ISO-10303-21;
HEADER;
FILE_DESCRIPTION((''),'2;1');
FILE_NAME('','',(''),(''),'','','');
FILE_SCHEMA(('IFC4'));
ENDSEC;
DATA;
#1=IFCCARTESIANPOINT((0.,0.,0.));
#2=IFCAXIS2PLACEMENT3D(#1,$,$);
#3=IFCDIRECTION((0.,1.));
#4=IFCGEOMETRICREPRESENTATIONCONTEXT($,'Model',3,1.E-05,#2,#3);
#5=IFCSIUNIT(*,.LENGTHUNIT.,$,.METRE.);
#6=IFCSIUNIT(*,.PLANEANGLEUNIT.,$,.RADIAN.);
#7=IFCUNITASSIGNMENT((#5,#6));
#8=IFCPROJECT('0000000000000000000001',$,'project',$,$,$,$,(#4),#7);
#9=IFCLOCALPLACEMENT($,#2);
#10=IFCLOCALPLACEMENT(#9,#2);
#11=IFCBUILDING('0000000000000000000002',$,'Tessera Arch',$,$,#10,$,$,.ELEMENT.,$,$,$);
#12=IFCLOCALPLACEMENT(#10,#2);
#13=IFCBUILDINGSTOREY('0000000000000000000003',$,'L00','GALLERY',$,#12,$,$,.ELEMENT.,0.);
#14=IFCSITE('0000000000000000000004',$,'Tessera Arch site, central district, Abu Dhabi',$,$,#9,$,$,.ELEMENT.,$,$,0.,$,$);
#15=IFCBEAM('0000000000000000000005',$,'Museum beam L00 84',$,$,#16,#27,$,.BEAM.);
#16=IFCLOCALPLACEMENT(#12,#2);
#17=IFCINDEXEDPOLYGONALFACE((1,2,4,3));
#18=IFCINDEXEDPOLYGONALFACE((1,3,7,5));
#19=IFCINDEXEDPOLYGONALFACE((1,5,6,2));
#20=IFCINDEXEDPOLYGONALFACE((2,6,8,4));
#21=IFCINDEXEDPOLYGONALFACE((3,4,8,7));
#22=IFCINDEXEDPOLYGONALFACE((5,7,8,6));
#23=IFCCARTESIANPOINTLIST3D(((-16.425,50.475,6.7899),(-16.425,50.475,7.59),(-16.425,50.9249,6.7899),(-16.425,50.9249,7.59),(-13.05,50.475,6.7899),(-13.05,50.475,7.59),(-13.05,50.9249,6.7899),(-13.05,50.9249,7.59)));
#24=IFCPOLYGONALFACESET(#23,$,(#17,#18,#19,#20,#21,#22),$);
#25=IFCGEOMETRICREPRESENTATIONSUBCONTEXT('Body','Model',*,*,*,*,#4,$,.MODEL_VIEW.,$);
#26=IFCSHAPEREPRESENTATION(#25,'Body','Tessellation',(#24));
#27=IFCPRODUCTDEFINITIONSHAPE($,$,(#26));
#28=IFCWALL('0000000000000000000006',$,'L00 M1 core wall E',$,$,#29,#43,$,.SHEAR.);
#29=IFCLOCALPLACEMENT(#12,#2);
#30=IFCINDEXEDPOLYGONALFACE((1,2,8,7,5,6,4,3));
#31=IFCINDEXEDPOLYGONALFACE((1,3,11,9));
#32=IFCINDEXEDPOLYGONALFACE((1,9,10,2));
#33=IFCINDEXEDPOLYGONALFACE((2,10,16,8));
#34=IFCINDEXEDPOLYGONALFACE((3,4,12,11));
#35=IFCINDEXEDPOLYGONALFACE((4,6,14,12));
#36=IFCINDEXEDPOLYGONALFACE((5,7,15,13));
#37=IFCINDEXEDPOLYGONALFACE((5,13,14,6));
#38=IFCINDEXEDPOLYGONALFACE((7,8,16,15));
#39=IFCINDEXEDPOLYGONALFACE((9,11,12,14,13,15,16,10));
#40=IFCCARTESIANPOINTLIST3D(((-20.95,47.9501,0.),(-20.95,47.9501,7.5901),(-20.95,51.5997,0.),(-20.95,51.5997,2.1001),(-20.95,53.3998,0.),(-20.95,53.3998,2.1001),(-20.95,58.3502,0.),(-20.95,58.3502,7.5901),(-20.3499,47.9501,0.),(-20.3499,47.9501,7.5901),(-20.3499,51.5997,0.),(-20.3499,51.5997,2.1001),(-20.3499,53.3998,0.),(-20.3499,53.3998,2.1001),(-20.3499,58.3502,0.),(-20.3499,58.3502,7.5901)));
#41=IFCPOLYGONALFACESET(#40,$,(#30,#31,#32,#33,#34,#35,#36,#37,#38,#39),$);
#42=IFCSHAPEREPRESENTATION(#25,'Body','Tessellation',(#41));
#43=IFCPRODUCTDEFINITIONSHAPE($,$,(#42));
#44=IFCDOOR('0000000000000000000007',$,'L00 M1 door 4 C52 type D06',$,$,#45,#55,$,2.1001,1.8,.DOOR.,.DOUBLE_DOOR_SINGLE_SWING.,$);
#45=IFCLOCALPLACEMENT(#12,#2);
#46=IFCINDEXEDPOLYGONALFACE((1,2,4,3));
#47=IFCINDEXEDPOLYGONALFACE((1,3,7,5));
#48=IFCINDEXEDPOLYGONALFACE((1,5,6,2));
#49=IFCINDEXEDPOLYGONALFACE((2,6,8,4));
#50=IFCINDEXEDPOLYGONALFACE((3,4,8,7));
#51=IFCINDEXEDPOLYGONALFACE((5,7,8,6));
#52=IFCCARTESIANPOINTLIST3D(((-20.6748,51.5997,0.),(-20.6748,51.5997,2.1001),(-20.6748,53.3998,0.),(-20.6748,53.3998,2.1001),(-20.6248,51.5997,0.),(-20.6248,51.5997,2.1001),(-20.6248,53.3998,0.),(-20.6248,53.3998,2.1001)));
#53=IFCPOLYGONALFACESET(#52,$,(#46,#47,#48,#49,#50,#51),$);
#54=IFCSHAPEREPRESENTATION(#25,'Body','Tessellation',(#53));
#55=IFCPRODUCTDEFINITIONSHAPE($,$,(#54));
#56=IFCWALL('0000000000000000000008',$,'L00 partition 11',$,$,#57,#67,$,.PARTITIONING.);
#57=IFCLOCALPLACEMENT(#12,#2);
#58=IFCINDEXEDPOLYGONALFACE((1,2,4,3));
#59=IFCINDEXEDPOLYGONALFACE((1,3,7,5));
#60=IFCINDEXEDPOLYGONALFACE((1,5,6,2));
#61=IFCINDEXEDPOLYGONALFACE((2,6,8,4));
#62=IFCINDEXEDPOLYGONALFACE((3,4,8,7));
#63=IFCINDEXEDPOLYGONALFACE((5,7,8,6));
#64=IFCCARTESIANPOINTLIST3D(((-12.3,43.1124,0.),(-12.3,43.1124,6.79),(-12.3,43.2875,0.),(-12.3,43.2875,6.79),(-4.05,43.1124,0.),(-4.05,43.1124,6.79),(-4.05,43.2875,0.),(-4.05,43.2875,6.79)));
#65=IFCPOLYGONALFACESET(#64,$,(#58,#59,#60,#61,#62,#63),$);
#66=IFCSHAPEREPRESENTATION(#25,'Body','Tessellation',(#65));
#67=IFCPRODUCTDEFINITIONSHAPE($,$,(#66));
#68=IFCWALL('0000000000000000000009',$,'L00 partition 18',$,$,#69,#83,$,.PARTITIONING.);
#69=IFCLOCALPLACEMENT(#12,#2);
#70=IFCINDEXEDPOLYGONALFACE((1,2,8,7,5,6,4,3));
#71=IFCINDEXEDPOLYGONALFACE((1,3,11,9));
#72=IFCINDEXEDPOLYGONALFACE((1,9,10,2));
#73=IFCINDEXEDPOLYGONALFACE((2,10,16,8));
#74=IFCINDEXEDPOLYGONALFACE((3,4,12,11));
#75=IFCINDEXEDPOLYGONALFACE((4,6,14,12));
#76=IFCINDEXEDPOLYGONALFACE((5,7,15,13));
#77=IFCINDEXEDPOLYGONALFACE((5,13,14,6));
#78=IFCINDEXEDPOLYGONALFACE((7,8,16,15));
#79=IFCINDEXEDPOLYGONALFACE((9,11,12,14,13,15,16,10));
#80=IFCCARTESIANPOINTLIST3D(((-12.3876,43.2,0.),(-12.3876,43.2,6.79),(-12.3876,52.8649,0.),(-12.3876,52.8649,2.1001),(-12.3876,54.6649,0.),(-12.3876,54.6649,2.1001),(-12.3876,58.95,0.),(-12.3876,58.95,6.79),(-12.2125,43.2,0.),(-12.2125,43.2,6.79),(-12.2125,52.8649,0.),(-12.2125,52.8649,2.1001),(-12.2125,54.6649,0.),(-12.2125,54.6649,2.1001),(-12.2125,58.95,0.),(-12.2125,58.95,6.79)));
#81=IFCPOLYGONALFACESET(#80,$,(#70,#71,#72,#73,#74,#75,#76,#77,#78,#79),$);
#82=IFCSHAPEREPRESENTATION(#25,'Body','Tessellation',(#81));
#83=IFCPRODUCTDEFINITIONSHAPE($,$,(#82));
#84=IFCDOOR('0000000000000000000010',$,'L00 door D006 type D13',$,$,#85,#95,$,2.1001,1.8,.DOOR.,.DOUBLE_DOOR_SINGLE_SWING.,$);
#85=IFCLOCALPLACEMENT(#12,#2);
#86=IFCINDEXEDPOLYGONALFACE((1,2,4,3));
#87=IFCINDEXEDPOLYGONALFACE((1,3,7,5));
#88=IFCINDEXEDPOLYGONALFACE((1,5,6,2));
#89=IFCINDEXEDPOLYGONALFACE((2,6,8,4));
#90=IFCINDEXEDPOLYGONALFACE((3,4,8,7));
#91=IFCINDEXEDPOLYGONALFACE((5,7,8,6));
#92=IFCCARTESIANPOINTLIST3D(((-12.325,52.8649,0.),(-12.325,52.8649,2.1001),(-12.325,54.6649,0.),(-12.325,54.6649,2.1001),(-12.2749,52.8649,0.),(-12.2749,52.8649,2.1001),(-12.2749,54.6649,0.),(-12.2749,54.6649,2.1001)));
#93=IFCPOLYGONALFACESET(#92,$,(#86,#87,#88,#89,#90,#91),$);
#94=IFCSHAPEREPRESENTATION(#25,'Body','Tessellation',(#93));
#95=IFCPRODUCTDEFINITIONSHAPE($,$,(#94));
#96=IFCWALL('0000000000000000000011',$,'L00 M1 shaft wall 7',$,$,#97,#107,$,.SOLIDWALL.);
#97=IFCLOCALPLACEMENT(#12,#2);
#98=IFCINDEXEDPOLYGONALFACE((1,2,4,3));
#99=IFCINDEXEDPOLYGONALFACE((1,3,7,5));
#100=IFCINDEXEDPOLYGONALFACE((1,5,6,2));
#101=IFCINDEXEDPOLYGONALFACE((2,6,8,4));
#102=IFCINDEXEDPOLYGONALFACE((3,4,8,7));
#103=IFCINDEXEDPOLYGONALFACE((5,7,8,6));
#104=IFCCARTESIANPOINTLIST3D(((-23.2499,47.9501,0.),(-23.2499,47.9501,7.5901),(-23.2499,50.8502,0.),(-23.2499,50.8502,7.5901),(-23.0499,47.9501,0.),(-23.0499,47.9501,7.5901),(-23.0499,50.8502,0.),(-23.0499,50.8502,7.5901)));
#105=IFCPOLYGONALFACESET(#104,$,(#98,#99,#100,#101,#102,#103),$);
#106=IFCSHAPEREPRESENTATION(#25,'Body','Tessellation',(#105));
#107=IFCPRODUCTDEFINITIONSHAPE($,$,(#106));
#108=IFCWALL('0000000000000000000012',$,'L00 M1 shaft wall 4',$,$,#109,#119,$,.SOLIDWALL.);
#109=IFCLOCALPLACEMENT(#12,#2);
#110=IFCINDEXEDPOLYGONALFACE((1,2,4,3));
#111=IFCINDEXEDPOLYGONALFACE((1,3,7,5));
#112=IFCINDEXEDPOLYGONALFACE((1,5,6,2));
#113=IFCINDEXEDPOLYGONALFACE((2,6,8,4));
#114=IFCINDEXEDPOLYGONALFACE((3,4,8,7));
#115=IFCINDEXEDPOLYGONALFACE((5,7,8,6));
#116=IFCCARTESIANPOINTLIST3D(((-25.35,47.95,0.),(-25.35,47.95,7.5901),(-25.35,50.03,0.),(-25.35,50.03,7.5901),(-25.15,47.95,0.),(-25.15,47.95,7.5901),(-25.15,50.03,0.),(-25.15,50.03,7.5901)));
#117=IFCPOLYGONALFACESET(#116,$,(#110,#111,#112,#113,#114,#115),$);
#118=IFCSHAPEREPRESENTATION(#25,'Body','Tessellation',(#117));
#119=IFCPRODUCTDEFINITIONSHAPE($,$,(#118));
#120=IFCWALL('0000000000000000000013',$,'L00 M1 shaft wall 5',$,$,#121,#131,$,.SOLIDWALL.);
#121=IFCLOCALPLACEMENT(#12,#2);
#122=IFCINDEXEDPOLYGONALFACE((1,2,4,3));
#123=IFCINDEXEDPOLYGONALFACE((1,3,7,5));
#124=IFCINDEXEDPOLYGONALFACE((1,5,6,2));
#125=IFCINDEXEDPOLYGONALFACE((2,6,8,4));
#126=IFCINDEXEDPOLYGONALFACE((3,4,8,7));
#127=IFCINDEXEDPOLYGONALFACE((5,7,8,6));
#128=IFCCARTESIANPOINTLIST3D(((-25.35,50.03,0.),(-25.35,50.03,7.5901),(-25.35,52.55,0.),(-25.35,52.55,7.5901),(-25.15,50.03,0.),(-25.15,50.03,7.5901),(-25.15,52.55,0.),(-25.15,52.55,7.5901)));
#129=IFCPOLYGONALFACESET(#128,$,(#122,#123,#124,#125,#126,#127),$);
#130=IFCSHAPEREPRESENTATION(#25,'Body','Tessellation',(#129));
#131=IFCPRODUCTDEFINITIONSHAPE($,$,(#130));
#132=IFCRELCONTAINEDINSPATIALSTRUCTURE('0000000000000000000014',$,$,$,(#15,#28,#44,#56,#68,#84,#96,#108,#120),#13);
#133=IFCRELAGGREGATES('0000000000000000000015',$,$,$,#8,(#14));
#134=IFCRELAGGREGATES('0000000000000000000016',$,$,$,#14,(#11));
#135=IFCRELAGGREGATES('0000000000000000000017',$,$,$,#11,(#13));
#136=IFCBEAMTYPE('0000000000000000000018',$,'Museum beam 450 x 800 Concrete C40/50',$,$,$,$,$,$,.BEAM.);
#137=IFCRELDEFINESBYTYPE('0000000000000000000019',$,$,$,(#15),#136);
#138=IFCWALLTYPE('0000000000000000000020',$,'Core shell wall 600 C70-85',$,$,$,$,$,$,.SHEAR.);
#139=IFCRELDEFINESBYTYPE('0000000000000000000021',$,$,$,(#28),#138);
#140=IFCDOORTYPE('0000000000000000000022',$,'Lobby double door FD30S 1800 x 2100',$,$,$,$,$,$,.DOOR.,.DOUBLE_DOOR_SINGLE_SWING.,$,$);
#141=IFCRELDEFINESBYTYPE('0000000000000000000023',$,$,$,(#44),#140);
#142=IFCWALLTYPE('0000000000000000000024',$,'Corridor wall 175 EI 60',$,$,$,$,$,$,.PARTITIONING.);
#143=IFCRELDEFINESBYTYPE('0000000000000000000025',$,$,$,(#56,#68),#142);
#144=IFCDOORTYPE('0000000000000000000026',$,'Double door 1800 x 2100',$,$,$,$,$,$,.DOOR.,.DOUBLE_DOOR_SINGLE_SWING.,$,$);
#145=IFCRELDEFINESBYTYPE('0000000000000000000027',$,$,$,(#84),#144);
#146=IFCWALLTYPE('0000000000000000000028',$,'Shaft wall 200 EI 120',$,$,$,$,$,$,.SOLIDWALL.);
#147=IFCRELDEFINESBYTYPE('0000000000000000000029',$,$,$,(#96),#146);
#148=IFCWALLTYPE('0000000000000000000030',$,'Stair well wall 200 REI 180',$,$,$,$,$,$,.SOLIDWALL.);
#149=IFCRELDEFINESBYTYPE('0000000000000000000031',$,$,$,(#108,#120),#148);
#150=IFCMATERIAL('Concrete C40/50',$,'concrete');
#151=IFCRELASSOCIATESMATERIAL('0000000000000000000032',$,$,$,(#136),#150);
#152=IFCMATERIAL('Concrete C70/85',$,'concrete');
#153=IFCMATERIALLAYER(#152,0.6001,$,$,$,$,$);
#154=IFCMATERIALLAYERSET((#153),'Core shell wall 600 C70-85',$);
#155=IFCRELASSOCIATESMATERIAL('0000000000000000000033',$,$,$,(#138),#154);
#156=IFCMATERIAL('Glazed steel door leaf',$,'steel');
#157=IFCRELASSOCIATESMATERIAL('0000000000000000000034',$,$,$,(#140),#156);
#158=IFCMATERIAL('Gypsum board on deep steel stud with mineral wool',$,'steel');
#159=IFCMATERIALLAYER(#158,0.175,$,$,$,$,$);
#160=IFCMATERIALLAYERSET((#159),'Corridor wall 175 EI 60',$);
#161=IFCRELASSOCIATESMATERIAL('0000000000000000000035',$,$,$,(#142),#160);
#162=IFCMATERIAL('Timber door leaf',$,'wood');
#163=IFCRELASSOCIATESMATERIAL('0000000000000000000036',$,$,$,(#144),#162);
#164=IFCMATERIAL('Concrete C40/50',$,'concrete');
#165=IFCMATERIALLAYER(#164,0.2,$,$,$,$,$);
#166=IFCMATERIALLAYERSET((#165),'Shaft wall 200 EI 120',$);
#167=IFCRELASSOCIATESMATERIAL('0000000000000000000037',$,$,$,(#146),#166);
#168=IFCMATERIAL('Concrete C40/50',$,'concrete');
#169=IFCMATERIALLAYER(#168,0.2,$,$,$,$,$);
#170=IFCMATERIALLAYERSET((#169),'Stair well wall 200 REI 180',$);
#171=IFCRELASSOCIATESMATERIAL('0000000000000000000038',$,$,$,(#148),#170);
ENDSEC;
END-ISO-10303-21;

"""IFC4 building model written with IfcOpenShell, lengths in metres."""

from ifc_helpers import new_model, si_unit, direction, frame, frame_2d, origin, origin_2d, place, context, subcontext, project, spatial, rectangle, extrude, material, layer, layer_set, material_profile, profile_set, type_object, element, fill, save


model = new_model("IFC4")

# Units and contexts
model_context = context("Model", 3, precision=1e-05, world=origin(), true_north=direction((0.0, 1.0)))
body_context = subcontext(model_context, "Body", "Model", "MODEL_VIEW")
ifc_project = project(units=[si_unit("LENGTHUNIT", "METRE"), si_unit("PLANEANGLEUNIT", "RADIAN")], contexts=[model_context])

# Site, building, storey
site_placement = place(None, origin())
site = spatial("IfcSite", under=ifc_project, at=site_placement, Name="Tessera Arch site, central district, Abu Dhabi", CompositionType="ELEMENT", RefElevation=0.0)
building_placement = place(site_placement, origin())
building = spatial("IfcBuilding", under=site, at=building_placement, Name="Tessera Arch", CompositionType="ELEMENT")
storey_placement = place(building_placement, origin())
storey = spatial("IfcBuildingStorey", under=building, at=storey_placement, Name="L00", Description="GALLERY", CompositionType="ELEMENT", Elevation=0.0)

# Beam
ifc_material_1 = material(Name="Concrete C40/50", Category="concrete")
ifc_material_profile_1 = material_profile(ifc_material_1, rectangle(XDim=0.45, YDim=0.8, at=origin_2d()), Name="Museum beam 450 x 800 Concrete C40/50")
ifc_profile_set_1 = profile_set([ifc_material_profile_1], Name="Concrete C40/50")
beam_type = type_object("IfcBeamType", Name="Museum beam 450 x 800 Concrete C40/50", PredefinedType="BEAM", material=ifc_profile_set_1)
beam_1_placement = place(storey_placement, frame((-16.425, 50.7, 7.1899), z_axis=(1.0, 0.0, 0.0), x_axis=(0.0, 1.0, 0.0)))
element("IfcBeam", 1, at=beam_1_placement, inside=storey, type_object=beam_type, Name="Museum beam L00 84", PredefinedType="BEAM", context=body_context, shape_type="SweptSolid", body=[
    extrude(rectangle(XDim=0.45, YDim=0.8, at=origin_2d()), origin(), (0.0, 0.0, 1.0), 3.375),
])

# Wall, opening, door
ifc_material_2 = material(Name="Concrete C70/85", Category="concrete")
ifc_layer_1 = layer(ifc_material_2, 0.6001)
ifc_layer_set_1 = layer_set([ifc_layer_1], Name="Core shell wall 600 C70-85")
wall_type_1 = type_object("IfcWallType", Name="Core shell wall 600 C70-85", PredefinedType="SHEAR", material=ifc_layer_set_1)
wall_1_placement = place(storey_placement, frame((-20.6499, 47.95, 0.0), z_axis=(0.0, 0.0, 1.0), x_axis=(0.0, 1.0, 0.0)))
wall_1 = element("IfcWall", 2, at=wall_1_placement, inside=storey, type_object=wall_type_1, Name="L00 M1 core wall E", PredefinedType="SHEAR", context=body_context, shape_type="SweptSolid", body=[
    extrude(rectangle(XDim=10.4001, YDim=0.6001, at=frame_2d((5.2002, 0.0))), origin(), (0.0, 0.0, 1.0), 7.5901),
])
opening_1_placement = place(wall_1_placement, frame((3.6499, 0.0, 0.0)))
opening_1 = element("IfcOpeningElement", 3, at=opening_1_placement, cuts=wall_1, PredefinedType="OPENING", context=body_context, shape_type="SweptSolid", body=[
    extrude(rectangle(XDim=1.8, YDim=2.1001, at=frame_2d((0.8999, 1.05))), frame((0.0, 0.3101, 0.0), z_axis=(0.0, -1.0, 0.0), x_axis=(1.0, 0.0, 0.0)), (0.0, 0.0, 1.0), 0.6201),
])
ifc_material_3 = material(Name="Glazed steel door leaf", Category="steel")
door_type_1 = type_object("IfcDoorType", Name="Lobby double door FD30S 1800 x 2100", OperationType="DOUBLE_DOOR_SINGLE_SWING", PredefinedType="DOOR", material=ifc_material_3)
door_1_placement = place(opening_1_placement, origin())
door_1 = element("IfcDoor", 4, at=door_1_placement, inside=storey, type_object=door_type_1, Name="L00 M1 door 4 C52 type D06", OperationType="DOUBLE_DOOR_SINGLE_SWING", OverallHeight=2.1001, OverallWidth=1.8, PredefinedType="DOOR", context=body_context, shape_type="SweptSolid", body=[
    extrude(rectangle(XDim=1.8, YDim=2.1001, at=frame_2d((0.8999, 1.05))), frame((0.0, 0.0249, 0.0), z_axis=(0.0, -1.0, 0.0), x_axis=(1.0, 0.0, 0.0)), (0.0, 0.0, 1.0), 0.05),
])
fill(opening_1, door_1)

# Wall
ifc_material_4 = material(Name="Gypsum board on deep steel stud with mineral wool", Category="steel")
ifc_layer_2 = layer(ifc_material_4, 0.175)
ifc_layer_set_2 = layer_set([ifc_layer_2], Name="Corridor wall 175 EI 60")
wall_type_2 = type_object("IfcWallType", Name="Corridor wall 175 EI 60", PredefinedType="PARTITIONING", material=ifc_layer_set_2)
wall_2_placement = place(storey_placement, frame((-12.3, 43.2, 0.0), z_axis=(0.0, 0.0, 1.0), x_axis=(1.0, 0.0, 0.0)))
element("IfcWall", 5, at=wall_2_placement, inside=storey, type_object=wall_type_2, Name="L00 partition 11", PredefinedType="PARTITIONING", context=body_context, shape_type="SweptSolid", body=[
    extrude(rectangle(XDim=8.25, YDim=0.175, at=frame_2d((4.125, 0.0))), origin(), (0.0, 0.0, 1.0), 6.79),
])

# Wall, opening, door
wall_3_placement = place(storey_placement, frame((-12.3, 43.2, 0.0), z_axis=(0.0, 0.0, 1.0), x_axis=(0.0, 1.0, 0.0)))
wall_3 = element("IfcWall", 6, at=wall_3_placement, inside=storey, type_object=wall_type_2, Name="L00 partition 18", PredefinedType="PARTITIONING", context=body_context, shape_type="SweptSolid", body=[
    extrude(rectangle(XDim=15.75, YDim=0.175, at=frame_2d((7.875, 0.0))), origin(), (0.0, 0.0, 1.0), 6.79),
])
opening_2_placement = place(wall_3_placement, frame((9.665, 0.0, 0.0)))
opening_2 = element("IfcOpeningElement", 7, at=opening_2_placement, cuts=wall_3, PredefinedType="OPENING", context=body_context, shape_type="SweptSolid", body=[
    extrude(rectangle(XDim=1.8, YDim=2.1001, at=frame_2d((0.8999, 1.05))), frame((0.0, 0.0974, 0.0), z_axis=(0.0, -1.0, 0.0), x_axis=(1.0, 0.0, 0.0)), (0.0, 0.0, 1.0), 0.1951),
])
ifc_material_5 = material(Name="Timber door leaf", Category="wood")
door_type_2 = type_object("IfcDoorType", Name="Double door 1800 x 2100", OperationType="DOUBLE_DOOR_SINGLE_SWING", PredefinedType="DOOR", material=ifc_material_5)
door_2_placement = place(opening_2_placement, origin())
door_2 = element("IfcDoor", 8, at=door_2_placement, inside=storey, type_object=door_type_2, Name="L00 door D006 type D13", OperationType="DOUBLE_DOOR_SINGLE_SWING", OverallHeight=2.1001, OverallWidth=1.8, PredefinedType="DOOR", context=body_context, shape_type="SweptSolid", body=[
    extrude(rectangle(XDim=1.8, YDim=2.1001, at=frame_2d((0.8999, 1.05))), frame((0.0, 0.0249, 0.0), z_axis=(0.0, -1.0, 0.0), x_axis=(1.0, 0.0, 0.0)), (0.0, 0.0, 1.0), 0.05),
])
fill(opening_2, door_2)

# Walls
ifc_material_6 = material(Name="Concrete C40/50", Category="concrete")
ifc_layer_3 = layer(ifc_material_6, 0.2)
ifc_layer_set_3 = layer_set([ifc_layer_3], Name="Shaft wall 200 EI 120")
wall_type_3 = type_object("IfcWallType", Name="Shaft wall 200 EI 120", PredefinedType="SOLIDWALL", material=ifc_layer_set_3)
wall_4_placement = place(storey_placement, frame((-23.1499, 47.95, 0.0), z_axis=(0.0, 0.0, 1.0), x_axis=(0.0, 1.0, 0.0)))
element("IfcWall", 9, at=wall_4_placement, inside=storey, type_object=wall_type_3, Name="L00 M1 shaft wall 7", PredefinedType="SOLIDWALL", context=body_context, shape_type="SweptSolid", body=[
    extrude(rectangle(XDim=2.9001, YDim=0.2, at=frame_2d((1.4502, 0.0))), origin(), (0.0, 0.0, 1.0), 7.5901),
])
ifc_material_7 = material(Name="Concrete C40/50", Category="concrete")
ifc_layer_4 = layer(ifc_material_7, 0.2)
ifc_layer_set_4 = layer_set([ifc_layer_4], Name="Stair well wall 200 REI 180")
wall_type_4 = type_object("IfcWallType", Name="Stair well wall 200 REI 180", PredefinedType="SOLIDWALL", material=ifc_layer_set_4)
wall_5_placement = place(storey_placement, frame((-25.25, 47.95, 0.0), z_axis=(0.0, 0.0, 1.0), x_axis=(0.0, 1.0, 0.0)))
element("IfcWall", 10, at=wall_5_placement, inside=storey, type_object=wall_type_4, Name="L00 M1 shaft wall 4", PredefinedType="SOLIDWALL", context=body_context, shape_type="SweptSolid", body=[
    extrude(rectangle(XDim=2.0801, YDim=0.2, at=frame_2d((1.04, 0.0))), origin(), (0.0, 0.0, 1.0), 7.5901),
])
wall_6_placement = place(storey_placement, frame((-25.25, 50.03, 0.0), z_axis=(0.0, 0.0, 1.0), x_axis=(0.0, 1.0, 0.0)))
element("IfcWall", 11, at=wall_6_placement, inside=storey, type_object=wall_type_4, Name="L00 M1 shaft wall 5", PredefinedType="SOLIDWALL", context=body_context, shape_type="SweptSolid", body=[
    extrude(rectangle(XDim=2.52, YDim=0.2, at=frame_2d((1.26, 0.0))), origin(), (0.0, 0.0, 1.0), 7.5901),
])

save(model, "model.ifc")
